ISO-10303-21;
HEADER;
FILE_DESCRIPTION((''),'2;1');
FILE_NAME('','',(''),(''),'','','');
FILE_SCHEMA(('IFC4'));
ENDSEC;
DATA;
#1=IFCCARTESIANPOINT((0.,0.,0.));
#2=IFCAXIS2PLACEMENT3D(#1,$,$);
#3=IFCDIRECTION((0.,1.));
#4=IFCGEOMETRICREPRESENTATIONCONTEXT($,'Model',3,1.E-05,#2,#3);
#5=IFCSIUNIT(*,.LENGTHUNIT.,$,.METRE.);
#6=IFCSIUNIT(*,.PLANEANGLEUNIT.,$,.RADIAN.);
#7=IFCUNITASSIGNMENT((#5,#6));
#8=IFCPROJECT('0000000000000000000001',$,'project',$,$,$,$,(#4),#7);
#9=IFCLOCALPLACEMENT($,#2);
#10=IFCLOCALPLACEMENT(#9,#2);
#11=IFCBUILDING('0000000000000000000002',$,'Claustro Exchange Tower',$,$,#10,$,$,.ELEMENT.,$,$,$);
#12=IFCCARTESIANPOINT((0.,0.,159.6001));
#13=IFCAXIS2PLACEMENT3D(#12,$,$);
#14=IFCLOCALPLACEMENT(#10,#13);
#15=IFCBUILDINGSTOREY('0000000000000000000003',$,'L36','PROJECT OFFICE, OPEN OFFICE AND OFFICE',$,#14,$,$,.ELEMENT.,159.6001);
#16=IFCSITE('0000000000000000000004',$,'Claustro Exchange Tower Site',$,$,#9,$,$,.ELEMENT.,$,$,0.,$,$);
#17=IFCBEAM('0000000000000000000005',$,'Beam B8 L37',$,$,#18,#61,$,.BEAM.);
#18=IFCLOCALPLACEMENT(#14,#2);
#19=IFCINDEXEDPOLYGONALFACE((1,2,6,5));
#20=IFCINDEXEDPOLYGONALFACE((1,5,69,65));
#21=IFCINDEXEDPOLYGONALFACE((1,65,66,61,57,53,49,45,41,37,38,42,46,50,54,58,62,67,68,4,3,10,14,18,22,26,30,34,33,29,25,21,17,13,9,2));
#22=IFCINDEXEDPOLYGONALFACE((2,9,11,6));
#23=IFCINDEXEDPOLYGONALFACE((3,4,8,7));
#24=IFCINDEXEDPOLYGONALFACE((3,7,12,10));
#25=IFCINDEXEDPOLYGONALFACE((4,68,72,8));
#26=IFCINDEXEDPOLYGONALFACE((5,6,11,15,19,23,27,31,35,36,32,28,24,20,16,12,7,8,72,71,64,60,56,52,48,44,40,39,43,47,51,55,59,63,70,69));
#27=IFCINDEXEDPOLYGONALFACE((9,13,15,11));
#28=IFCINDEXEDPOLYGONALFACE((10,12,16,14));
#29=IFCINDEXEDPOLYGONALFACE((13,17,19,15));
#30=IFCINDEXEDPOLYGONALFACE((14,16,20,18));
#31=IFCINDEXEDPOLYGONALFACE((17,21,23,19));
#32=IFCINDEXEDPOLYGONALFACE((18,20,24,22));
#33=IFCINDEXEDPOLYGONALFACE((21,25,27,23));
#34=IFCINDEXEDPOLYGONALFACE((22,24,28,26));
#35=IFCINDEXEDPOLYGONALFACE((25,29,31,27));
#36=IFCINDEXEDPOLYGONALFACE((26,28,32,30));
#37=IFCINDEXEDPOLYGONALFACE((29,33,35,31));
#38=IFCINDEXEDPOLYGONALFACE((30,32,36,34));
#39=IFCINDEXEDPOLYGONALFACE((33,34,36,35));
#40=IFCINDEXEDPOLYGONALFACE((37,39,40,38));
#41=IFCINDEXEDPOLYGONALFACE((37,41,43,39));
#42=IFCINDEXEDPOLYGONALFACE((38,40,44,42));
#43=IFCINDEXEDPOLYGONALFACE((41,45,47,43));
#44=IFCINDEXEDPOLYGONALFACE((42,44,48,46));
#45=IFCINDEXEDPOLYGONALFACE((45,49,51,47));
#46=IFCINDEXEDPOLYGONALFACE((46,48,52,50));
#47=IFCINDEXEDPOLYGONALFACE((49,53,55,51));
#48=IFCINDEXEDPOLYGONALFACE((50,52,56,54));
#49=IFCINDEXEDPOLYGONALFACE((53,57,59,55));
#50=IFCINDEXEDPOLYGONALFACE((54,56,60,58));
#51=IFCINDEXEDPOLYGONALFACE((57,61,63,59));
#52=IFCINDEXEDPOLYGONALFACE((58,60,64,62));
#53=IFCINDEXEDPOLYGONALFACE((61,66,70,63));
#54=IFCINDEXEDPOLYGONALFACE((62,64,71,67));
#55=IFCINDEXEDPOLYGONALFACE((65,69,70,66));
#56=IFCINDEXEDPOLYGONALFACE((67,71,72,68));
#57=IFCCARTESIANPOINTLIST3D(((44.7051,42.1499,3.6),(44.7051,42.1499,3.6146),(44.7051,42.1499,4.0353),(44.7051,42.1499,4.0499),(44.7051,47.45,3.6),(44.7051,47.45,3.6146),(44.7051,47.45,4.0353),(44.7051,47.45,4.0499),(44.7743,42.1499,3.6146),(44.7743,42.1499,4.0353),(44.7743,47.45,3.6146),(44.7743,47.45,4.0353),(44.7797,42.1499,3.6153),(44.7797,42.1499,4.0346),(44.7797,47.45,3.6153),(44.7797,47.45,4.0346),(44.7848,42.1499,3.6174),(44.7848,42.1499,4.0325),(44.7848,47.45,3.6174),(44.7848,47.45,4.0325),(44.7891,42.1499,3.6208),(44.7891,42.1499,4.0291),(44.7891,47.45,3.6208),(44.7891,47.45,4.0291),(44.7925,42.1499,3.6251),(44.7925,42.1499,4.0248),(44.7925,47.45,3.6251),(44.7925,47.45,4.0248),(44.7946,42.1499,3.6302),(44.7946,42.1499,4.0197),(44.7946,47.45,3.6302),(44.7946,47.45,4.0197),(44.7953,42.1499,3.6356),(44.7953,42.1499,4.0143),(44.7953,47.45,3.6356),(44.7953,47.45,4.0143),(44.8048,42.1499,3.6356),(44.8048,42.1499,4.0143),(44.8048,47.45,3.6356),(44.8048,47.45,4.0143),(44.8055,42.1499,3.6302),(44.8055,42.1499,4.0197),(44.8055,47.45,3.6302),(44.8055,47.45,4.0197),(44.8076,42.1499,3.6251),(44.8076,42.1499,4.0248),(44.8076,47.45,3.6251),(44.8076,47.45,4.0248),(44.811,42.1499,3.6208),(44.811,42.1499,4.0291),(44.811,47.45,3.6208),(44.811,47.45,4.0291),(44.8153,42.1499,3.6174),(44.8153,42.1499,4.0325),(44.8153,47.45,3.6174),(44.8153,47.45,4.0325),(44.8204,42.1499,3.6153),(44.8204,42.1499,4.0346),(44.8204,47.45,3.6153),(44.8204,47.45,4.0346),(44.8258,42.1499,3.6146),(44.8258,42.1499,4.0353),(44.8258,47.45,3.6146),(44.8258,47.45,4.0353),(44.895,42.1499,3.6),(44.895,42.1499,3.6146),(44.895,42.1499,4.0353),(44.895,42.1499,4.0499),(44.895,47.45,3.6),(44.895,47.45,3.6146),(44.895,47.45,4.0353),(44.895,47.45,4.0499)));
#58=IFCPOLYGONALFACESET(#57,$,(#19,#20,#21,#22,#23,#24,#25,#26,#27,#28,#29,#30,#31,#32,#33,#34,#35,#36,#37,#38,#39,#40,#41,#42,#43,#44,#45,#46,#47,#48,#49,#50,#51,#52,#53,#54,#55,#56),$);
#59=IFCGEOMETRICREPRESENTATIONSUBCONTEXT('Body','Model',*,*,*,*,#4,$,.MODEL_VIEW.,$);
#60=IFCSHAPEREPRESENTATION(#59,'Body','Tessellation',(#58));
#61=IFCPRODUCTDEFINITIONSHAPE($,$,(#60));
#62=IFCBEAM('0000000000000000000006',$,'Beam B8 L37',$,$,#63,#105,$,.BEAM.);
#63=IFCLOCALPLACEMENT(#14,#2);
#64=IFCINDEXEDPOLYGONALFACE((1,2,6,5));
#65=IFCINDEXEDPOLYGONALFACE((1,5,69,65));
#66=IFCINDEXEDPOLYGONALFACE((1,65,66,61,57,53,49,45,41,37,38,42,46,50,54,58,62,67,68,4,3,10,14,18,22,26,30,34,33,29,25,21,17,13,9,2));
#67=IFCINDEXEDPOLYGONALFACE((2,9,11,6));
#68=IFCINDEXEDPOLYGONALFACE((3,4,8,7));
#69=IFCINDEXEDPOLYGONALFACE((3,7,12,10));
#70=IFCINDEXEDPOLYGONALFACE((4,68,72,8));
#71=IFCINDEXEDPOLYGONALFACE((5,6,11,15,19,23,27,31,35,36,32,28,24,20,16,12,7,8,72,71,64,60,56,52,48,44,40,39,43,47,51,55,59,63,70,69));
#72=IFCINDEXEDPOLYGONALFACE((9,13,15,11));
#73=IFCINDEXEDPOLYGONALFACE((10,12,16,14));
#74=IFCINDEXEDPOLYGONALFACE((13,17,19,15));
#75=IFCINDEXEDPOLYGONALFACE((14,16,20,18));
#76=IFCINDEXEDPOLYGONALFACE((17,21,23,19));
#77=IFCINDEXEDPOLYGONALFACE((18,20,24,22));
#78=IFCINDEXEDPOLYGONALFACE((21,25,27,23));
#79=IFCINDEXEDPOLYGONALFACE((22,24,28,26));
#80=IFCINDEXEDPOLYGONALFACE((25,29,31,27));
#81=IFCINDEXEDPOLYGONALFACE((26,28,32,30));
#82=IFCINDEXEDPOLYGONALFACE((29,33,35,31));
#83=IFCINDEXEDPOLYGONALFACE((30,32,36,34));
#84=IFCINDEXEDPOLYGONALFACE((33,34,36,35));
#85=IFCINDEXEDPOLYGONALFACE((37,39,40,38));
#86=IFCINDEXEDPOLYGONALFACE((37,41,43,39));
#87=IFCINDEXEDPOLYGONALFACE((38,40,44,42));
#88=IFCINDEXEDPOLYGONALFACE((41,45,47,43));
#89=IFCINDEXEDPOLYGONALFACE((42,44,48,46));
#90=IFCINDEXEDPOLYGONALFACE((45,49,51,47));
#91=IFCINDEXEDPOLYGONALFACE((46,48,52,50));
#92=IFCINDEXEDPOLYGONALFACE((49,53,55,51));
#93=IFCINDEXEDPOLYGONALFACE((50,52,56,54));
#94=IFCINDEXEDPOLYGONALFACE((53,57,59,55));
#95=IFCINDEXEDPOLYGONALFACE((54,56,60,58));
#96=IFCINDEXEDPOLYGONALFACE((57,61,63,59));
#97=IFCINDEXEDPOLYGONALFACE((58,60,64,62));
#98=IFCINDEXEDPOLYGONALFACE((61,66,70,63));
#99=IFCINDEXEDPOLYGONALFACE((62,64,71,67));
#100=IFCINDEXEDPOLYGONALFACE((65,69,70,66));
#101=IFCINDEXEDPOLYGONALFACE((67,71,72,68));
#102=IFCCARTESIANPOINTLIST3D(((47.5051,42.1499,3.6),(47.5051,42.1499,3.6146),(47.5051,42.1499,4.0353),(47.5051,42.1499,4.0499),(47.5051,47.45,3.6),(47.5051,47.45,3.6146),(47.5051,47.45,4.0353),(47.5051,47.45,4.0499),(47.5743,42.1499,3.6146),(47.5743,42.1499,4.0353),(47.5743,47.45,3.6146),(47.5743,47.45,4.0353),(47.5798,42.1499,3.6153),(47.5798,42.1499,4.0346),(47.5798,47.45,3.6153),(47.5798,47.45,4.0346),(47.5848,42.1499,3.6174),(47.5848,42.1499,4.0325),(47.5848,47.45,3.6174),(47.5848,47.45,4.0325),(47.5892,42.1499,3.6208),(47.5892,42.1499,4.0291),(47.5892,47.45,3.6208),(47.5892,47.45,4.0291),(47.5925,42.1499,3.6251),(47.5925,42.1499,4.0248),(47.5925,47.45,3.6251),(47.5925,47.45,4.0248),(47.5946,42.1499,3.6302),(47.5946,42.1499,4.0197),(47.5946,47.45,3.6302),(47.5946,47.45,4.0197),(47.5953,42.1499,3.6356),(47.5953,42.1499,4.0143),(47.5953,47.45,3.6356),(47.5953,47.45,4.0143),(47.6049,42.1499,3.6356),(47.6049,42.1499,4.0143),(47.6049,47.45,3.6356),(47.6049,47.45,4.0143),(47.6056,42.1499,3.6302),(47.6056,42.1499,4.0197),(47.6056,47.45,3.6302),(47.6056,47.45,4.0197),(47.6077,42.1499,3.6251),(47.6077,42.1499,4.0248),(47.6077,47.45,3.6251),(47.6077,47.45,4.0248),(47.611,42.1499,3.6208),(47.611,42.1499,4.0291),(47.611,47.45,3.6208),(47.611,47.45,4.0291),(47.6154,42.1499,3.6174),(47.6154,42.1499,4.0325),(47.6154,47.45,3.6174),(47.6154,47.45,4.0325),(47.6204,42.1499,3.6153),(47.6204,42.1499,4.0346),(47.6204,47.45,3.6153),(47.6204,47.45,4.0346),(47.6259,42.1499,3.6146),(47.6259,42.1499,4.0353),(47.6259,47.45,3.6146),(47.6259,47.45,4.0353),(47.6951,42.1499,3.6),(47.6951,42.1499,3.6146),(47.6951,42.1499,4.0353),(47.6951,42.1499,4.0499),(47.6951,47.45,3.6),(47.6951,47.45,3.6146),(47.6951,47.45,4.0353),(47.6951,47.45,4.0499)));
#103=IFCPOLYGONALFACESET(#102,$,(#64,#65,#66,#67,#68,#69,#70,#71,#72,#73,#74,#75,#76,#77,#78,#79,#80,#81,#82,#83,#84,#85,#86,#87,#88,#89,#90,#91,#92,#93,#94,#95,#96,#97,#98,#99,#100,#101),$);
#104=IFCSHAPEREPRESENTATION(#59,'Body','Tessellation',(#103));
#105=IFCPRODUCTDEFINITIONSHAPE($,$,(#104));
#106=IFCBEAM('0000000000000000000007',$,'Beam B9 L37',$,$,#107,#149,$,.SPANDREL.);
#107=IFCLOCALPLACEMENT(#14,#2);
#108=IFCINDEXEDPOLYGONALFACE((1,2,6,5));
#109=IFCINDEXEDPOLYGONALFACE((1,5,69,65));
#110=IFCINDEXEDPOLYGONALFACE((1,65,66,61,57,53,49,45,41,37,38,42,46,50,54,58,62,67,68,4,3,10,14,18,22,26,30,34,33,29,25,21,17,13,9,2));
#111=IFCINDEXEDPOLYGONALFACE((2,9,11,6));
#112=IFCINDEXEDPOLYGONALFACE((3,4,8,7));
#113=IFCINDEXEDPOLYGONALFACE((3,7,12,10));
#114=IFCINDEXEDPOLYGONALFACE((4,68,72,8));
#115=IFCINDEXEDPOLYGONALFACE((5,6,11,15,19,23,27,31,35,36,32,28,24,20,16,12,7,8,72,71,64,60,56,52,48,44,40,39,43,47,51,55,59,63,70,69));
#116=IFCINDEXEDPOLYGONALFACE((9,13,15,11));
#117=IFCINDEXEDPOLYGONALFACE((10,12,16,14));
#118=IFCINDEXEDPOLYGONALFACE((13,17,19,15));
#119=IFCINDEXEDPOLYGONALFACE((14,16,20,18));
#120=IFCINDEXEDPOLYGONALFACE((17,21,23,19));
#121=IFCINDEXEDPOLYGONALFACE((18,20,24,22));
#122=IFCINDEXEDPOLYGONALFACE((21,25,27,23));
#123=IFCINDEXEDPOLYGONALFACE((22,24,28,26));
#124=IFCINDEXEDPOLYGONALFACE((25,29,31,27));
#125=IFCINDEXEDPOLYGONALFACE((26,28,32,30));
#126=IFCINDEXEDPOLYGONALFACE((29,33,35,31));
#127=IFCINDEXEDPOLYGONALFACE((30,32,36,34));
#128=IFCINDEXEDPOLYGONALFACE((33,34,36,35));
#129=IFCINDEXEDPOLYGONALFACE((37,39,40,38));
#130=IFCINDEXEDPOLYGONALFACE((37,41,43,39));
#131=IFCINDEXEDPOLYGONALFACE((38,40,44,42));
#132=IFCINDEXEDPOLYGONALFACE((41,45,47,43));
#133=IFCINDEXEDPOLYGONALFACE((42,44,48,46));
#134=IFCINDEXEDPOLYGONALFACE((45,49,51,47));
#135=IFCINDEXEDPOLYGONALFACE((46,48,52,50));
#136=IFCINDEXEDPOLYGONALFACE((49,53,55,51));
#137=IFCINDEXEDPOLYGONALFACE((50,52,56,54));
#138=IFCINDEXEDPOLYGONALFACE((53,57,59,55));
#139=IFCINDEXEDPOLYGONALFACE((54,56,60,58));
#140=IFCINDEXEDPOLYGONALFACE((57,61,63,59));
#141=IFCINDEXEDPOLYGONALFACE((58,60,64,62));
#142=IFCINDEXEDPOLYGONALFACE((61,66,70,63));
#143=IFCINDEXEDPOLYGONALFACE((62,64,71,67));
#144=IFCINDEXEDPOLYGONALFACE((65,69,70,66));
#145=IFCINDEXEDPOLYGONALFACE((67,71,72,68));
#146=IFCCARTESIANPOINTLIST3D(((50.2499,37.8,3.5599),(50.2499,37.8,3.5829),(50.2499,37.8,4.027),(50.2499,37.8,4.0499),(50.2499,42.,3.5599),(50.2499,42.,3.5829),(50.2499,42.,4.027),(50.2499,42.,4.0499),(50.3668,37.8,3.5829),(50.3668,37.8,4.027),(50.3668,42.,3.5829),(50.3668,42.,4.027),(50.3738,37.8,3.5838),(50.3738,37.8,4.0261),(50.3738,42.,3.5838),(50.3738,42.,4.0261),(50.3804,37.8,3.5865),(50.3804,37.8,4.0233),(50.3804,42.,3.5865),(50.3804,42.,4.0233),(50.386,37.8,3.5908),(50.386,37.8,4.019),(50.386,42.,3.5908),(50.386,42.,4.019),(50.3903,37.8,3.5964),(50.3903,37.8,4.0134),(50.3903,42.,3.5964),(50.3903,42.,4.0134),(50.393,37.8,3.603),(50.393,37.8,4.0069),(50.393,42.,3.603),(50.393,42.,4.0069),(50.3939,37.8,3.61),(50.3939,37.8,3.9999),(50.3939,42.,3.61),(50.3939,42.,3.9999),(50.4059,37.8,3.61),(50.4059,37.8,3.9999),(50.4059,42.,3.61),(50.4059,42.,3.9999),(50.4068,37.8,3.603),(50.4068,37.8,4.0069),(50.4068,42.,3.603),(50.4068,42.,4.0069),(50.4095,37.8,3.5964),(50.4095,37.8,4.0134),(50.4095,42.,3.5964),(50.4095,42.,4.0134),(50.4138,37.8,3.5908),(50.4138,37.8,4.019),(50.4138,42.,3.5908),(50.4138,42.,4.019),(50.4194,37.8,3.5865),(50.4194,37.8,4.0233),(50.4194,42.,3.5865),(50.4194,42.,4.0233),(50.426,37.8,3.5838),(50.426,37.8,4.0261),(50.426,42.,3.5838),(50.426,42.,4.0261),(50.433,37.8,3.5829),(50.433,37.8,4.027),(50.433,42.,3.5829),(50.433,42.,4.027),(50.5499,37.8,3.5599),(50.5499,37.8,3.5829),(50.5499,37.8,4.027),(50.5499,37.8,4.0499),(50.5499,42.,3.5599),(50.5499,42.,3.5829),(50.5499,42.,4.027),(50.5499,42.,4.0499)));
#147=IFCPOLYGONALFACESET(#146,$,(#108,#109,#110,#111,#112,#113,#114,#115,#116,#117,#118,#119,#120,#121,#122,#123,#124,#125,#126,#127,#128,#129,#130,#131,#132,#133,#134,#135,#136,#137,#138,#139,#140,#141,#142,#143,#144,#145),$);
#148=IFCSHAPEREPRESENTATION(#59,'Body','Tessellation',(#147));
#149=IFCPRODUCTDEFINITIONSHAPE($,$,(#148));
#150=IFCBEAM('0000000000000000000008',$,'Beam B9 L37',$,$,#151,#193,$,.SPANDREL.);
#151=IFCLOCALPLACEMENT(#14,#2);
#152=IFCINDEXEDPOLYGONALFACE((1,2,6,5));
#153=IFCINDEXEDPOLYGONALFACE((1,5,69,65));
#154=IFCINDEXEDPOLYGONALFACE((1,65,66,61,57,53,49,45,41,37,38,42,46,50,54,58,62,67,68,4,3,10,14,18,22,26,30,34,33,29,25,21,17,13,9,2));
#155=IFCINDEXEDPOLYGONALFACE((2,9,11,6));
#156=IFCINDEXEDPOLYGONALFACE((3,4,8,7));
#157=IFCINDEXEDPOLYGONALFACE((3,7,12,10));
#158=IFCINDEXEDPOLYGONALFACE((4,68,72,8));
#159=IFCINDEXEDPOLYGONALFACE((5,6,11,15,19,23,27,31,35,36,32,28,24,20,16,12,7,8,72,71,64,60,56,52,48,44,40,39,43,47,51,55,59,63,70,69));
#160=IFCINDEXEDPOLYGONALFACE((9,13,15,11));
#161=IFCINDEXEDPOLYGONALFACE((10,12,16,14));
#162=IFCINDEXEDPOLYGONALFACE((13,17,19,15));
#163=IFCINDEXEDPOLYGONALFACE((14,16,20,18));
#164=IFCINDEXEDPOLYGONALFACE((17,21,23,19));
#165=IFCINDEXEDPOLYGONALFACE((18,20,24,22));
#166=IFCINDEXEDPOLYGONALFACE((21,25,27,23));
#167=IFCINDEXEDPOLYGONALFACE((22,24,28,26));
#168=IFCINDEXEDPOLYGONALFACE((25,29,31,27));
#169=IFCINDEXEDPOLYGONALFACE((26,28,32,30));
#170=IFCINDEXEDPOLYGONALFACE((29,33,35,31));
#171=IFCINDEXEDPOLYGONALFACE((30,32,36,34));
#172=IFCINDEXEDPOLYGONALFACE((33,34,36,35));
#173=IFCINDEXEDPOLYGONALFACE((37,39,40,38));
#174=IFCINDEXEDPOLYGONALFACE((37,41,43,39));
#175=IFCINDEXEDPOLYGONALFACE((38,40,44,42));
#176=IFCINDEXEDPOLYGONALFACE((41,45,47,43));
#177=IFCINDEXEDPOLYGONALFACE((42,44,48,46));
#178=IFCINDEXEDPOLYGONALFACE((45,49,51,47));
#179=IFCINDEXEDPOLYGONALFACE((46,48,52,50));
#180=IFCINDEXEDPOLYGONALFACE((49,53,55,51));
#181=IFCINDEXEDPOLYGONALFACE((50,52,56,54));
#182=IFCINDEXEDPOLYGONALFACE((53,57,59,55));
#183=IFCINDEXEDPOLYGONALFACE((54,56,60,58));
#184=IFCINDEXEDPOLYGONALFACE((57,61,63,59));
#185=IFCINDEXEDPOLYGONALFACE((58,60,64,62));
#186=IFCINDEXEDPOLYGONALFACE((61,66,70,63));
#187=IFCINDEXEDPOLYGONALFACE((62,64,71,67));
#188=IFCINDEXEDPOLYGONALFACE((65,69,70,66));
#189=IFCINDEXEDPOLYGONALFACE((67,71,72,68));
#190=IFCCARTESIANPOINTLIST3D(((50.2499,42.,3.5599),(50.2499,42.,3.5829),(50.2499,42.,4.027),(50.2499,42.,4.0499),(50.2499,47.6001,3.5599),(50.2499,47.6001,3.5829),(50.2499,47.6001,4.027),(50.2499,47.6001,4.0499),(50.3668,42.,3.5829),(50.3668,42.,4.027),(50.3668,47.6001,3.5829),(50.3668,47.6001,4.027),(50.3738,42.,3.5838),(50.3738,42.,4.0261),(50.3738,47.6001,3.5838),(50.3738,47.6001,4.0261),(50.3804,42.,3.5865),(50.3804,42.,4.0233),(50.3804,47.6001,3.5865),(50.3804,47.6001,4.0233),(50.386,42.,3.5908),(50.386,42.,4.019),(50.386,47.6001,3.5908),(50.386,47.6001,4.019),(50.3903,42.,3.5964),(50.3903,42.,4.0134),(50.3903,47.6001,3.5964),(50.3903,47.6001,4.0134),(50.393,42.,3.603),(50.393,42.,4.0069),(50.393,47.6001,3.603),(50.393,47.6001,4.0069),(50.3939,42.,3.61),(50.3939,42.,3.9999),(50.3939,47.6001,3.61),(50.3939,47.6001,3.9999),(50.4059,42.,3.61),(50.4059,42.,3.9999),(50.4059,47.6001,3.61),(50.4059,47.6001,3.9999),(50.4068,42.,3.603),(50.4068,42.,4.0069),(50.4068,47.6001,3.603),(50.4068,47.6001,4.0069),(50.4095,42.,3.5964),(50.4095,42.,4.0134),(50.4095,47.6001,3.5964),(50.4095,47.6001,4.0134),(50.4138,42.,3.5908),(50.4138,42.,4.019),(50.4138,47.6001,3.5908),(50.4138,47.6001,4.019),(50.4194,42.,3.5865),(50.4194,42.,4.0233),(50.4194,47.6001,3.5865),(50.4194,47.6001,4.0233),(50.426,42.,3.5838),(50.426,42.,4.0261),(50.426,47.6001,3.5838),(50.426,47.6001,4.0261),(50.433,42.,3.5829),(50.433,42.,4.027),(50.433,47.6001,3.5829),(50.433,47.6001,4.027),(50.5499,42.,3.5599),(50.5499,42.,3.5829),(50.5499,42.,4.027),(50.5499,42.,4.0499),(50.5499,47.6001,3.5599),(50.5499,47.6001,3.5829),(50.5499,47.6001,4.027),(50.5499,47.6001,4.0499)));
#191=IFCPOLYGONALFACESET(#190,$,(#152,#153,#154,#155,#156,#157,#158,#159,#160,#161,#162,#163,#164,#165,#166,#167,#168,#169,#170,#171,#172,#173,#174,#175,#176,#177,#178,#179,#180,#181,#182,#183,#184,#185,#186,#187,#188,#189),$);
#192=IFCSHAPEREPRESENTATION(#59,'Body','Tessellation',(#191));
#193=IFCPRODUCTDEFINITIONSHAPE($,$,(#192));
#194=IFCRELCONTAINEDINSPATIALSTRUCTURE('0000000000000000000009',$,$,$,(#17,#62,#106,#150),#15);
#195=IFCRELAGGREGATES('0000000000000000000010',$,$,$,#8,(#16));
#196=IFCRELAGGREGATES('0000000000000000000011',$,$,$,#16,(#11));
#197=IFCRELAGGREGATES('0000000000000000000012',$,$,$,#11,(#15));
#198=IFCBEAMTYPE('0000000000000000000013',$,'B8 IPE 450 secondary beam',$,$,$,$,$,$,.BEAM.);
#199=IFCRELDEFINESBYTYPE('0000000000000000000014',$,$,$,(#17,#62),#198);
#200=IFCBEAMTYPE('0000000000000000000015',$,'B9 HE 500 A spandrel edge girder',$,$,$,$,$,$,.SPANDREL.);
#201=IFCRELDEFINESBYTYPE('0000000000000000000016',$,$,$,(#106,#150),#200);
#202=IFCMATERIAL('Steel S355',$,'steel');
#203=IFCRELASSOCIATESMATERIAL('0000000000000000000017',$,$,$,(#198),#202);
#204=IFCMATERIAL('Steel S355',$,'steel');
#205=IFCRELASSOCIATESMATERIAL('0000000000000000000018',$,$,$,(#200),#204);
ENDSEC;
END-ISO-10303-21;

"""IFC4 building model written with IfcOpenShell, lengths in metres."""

from ifc_helpers import new_model, si_unit, direction, frame, origin, origin_2d, place, context, subcontext, project, spatial, i_section, extrude, material, material_profile, profile_set, type_object, element, save


model = new_model("IFC4")

# Units and contexts
model_context = context("Model", 3, precision=1e-05, world=origin(), true_north=direction((0.0, 1.0)))
body_context = subcontext(model_context, "Body", "Model", "MODEL_VIEW")
ifc_project = project(units=[si_unit("LENGTHUNIT", "METRE"), si_unit("PLANEANGLEUNIT", "RADIAN")], contexts=[model_context])

# Site, building, storey
site_placement = place(None, origin())
site = spatial("IfcSite", under=ifc_project, at=site_placement, Name="Claustro Exchange Tower Site", CompositionType="ELEMENT", RefElevation=0.0)
building_placement = place(site_placement, origin())
building = spatial("IfcBuilding", under=site, at=building_placement, Name="Claustro Exchange Tower", CompositionType="ELEMENT")
storey_placement = place(building_placement, frame((0.0, 0.0, 159.6001)))
storey = spatial("IfcBuildingStorey", under=building, at=storey_placement, Name="L36", Description="PROJECT OFFICE, OPEN OFFICE AND OFFICE", CompositionType="ELEMENT", Elevation=159.6001)

# Beams
ifc_material_1 = material(Name="Steel S355", Category="steel")
ifc_material_profile_1 = material_profile(ifc_material_1, i_section(OverallWidth=0.1899, OverallDepth=0.45, WebThickness=0.0095, FlangeThickness=0.0146, FilletRadius=0.021, at=origin_2d()), Name="IPE 450")
ifc_profile_set_1 = profile_set([ifc_material_profile_1], Name="Steel S355")
beam_type_1 = type_object("IfcBeamType", Name="B8 IPE 450 secondary beam", PredefinedType="BEAM", material=ifc_profile_set_1)
for number, where, z_axis, x_axis, name in (
    (1, (44.8, 42.1499, 3.825), (0.0, 1.0, 0.0), (-1.0, 0.0, 0.0), "Beam B8 L37"),
    (2, (47.6001, 42.1499, 3.825), (0.0, 1.0, 0.0), (-1.0, 0.0, 0.0), "Beam B8 L37"),
):
    element("IfcBeam", number, at=place(storey_placement, frame(where, z_axis=z_axis, x_axis=x_axis)), inside=storey, type_object=beam_type_1, Name=name, PredefinedType="BEAM", context=body_context, shape_type="SweptSolid", body=[
        extrude(i_section(OverallWidth=0.1899, OverallDepth=0.45, WebThickness=0.0095, FlangeThickness=0.0146, FilletRadius=0.021, at=origin_2d()), origin(), (0.0, 0.0, 1.0), 5.3),
    ])
ifc_material_2 = material(Name="Steel S355", Category="steel")
ifc_material_profile_2 = material_profile(ifc_material_2, i_section(OverallWidth=0.3, OverallDepth=0.49, WebThickness=0.012, FlangeThickness=0.0229, FilletRadius=0.0271, at=origin_2d()), Name="HE 500 A")
ifc_profile_set_2 = profile_set([ifc_material_profile_2], Name="Steel S355")
beam_type_2 = type_object("IfcBeamType", Name="B9 HE 500 A spandrel edge girder", PredefinedType="SPANDREL", material=ifc_profile_set_2)
beam_1_placement = place(storey_placement, frame((50.3999, 37.8, 3.8049), z_axis=(0.0, 1.0, 0.0), x_axis=(-1.0, 0.0, 0.0)))
element("IfcBeam", 3, at=beam_1_placement, inside=storey, type_object=beam_type_2, Name="Beam B9 L37", PredefinedType="SPANDREL", context=body_context, shape_type="SweptSolid", body=[
    extrude(i_section(OverallWidth=0.3, OverallDepth=0.49, WebThickness=0.012, FlangeThickness=0.0229, FilletRadius=0.0271, at=origin_2d()), origin(), (0.0, 0.0, 1.0), 4.2),
])
beam_2_placement = place(storey_placement, frame((50.3999, 42.0, 3.8049), z_axis=(0.0, 1.0, 0.0), x_axis=(-1.0, 0.0, 0.0)))
element("IfcBeam", 4, at=beam_2_placement, inside=storey, type_object=beam_type_2, Name="Beam B9 L37", PredefinedType="SPANDREL", context=body_context, shape_type="SweptSolid", body=[
    extrude(i_section(OverallWidth=0.3, OverallDepth=0.49, WebThickness=0.012, FlangeThickness=0.0229, FilletRadius=0.0271, at=origin_2d()), origin(), (0.0, 0.0, 1.0), 5.6001),
])

save(model, "model.ifc")
